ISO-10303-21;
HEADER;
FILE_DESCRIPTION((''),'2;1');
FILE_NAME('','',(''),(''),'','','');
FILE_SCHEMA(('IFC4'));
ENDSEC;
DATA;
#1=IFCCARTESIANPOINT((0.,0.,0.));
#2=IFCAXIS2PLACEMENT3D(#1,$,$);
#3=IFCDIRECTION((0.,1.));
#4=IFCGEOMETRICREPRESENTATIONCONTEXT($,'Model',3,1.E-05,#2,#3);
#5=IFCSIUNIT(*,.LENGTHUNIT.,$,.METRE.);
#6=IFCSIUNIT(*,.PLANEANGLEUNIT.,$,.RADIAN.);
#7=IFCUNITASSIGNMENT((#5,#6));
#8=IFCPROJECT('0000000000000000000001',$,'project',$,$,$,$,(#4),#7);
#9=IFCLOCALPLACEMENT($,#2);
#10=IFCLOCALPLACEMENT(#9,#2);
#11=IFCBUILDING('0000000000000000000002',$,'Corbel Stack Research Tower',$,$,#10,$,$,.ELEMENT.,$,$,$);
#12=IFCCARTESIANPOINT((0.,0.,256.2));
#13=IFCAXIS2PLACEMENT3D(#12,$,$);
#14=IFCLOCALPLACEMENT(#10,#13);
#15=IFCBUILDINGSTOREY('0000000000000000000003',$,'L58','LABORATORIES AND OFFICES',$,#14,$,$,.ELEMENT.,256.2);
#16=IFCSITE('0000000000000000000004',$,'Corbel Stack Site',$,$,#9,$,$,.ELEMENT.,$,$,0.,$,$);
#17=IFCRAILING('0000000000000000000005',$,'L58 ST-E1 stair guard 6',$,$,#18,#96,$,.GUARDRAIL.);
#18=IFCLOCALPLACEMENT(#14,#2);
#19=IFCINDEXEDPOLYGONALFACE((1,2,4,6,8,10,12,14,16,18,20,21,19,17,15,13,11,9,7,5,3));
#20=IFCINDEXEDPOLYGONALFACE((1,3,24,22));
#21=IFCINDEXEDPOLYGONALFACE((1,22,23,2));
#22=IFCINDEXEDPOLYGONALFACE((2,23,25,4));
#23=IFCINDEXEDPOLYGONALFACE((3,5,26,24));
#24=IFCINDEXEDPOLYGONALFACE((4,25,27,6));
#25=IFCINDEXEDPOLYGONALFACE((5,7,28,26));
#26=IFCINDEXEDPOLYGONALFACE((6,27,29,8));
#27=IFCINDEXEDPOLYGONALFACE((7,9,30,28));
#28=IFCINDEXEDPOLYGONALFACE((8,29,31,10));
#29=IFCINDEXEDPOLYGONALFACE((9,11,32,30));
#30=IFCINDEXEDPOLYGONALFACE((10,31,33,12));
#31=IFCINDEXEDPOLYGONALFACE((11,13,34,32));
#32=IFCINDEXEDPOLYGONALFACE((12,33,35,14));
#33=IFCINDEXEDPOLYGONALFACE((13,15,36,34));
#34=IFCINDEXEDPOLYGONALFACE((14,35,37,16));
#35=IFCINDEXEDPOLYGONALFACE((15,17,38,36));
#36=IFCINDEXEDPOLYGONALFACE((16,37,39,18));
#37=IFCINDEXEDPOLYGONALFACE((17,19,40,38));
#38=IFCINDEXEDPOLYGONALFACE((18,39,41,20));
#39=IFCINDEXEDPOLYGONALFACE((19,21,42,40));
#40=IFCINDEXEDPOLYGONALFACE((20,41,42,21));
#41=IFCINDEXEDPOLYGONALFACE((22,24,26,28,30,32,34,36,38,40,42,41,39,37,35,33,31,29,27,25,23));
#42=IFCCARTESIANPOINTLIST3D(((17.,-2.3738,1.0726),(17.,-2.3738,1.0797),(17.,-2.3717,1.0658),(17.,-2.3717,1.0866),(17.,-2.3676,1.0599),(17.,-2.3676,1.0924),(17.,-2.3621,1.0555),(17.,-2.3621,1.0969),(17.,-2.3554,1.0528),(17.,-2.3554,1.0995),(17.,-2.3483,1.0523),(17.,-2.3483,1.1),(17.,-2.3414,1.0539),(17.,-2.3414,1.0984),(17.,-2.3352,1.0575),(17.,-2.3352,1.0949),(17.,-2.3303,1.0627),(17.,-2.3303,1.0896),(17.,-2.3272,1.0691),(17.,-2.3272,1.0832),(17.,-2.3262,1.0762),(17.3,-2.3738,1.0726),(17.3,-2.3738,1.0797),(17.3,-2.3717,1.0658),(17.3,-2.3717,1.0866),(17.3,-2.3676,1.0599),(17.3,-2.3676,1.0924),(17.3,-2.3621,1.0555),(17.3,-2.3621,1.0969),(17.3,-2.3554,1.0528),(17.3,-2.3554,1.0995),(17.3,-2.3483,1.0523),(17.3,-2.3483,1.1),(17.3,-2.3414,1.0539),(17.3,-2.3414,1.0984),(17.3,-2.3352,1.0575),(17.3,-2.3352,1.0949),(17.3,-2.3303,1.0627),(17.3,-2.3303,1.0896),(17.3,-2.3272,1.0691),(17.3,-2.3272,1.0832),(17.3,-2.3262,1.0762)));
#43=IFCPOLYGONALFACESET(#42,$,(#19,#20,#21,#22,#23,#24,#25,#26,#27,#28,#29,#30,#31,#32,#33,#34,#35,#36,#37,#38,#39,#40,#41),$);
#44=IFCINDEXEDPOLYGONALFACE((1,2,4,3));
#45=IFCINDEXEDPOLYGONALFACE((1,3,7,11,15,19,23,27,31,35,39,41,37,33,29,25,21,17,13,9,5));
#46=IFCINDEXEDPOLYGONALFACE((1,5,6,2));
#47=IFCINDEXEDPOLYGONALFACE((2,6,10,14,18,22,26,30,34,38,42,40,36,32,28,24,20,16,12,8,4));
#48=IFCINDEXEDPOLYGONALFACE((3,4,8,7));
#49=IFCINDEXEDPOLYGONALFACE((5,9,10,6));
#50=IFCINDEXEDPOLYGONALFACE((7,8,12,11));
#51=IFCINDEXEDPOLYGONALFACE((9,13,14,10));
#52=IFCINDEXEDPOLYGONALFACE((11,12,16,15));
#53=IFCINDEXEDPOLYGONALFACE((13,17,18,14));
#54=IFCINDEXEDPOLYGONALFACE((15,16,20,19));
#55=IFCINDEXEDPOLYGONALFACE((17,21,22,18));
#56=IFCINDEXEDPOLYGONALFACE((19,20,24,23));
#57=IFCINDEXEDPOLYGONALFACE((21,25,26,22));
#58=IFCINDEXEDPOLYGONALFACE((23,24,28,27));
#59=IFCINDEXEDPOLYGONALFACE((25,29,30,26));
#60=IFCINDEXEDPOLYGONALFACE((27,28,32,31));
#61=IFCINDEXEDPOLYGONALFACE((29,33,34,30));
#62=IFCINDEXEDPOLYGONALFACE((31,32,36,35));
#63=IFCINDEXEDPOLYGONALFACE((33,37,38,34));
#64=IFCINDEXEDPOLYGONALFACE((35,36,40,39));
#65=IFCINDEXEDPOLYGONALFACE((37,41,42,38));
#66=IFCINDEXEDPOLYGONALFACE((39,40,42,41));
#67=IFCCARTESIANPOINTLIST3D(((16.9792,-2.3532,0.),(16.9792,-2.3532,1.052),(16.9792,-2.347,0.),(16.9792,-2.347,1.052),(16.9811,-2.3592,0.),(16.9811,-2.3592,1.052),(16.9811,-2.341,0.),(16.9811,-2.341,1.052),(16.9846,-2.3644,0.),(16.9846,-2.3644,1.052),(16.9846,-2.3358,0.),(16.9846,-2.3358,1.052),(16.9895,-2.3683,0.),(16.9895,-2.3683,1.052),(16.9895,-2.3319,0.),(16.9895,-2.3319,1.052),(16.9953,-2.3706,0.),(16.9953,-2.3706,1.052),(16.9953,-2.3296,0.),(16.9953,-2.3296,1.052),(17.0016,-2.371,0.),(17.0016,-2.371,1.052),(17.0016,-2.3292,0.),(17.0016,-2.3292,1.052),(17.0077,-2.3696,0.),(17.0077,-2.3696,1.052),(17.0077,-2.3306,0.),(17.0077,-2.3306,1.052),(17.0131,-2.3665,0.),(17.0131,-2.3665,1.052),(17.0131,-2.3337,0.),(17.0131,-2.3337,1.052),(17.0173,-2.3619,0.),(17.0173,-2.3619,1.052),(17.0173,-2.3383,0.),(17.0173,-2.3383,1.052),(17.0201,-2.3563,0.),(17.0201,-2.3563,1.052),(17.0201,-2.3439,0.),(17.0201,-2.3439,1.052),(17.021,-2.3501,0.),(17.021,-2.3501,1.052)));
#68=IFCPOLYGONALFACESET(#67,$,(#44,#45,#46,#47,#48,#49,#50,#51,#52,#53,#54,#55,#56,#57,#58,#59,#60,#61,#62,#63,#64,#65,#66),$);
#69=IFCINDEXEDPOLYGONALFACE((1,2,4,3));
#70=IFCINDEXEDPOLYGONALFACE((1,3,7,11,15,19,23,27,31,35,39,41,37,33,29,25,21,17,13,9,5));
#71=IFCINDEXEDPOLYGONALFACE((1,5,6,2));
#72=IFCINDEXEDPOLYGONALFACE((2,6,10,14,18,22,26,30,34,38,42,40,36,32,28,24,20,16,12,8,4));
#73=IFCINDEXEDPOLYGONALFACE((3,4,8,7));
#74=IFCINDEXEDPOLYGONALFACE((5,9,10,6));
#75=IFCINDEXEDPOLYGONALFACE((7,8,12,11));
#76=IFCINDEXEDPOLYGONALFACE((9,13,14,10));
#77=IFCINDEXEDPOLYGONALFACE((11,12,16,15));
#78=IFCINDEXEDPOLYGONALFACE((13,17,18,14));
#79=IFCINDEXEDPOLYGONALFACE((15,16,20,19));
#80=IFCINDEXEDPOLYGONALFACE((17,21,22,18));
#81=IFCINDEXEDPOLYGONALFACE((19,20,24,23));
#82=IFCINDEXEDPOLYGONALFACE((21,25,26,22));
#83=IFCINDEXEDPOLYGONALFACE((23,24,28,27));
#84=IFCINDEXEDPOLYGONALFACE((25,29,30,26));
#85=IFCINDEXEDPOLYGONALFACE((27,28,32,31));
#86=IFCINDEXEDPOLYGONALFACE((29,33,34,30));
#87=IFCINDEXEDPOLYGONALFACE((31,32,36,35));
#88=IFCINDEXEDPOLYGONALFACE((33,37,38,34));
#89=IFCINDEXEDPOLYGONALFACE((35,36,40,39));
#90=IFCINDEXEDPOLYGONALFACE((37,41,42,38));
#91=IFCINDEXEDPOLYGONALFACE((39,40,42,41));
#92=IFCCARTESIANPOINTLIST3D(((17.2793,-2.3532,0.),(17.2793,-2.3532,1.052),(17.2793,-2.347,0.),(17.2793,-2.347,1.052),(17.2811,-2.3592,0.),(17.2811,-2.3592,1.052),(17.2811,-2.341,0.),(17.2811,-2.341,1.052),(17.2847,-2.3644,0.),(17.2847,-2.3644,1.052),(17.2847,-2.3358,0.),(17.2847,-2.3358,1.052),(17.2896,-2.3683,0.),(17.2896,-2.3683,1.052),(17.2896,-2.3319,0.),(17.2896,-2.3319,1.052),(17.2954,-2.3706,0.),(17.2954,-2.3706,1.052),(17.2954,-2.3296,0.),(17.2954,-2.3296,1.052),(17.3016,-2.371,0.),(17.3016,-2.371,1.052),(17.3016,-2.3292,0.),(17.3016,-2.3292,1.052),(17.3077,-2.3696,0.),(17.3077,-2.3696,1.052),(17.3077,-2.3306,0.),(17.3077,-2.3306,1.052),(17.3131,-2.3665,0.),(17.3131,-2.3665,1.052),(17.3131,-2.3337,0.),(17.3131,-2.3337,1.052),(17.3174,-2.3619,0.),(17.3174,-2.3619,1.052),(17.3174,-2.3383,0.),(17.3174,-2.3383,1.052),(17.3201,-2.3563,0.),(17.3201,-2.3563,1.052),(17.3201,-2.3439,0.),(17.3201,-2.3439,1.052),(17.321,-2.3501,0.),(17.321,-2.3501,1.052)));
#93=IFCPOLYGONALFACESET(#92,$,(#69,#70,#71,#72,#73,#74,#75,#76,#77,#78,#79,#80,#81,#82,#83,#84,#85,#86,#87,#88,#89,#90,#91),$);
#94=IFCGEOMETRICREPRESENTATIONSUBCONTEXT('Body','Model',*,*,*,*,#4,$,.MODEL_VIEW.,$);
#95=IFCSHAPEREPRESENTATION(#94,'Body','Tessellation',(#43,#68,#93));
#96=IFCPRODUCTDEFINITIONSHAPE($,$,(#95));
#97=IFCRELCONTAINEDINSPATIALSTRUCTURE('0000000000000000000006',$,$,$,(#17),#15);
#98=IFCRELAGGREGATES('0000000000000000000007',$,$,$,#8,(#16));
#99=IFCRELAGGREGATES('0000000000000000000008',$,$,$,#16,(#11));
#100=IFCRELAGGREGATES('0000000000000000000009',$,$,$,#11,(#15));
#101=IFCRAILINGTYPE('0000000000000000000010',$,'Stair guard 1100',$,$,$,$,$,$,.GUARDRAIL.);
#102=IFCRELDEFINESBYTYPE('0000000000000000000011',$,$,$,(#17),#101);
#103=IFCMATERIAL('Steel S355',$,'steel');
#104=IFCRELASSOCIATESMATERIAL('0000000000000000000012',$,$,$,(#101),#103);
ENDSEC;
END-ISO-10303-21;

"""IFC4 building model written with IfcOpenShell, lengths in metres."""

from ifc_helpers import new_model, si_unit, direction, frame, origin, origin_2d, place, context, subcontext, project, spatial, circle, extrude, material, type_object, element, save


model = new_model("IFC4")

# Units and contexts
model_context = context("Model", 3, precision=1e-05, world=origin(), true_north=direction((0.0, 1.0)))
body_context = subcontext(model_context, "Body", "Model", "MODEL_VIEW")
ifc_project = project(units=[si_unit("LENGTHUNIT", "METRE"), si_unit("PLANEANGLEUNIT", "RADIAN")], contexts=[model_context])

# Site, building, storey
site_placement = place(None, origin())
site = spatial("IfcSite", under=ifc_project, at=site_placement, Name="Corbel Stack Site", CompositionType="ELEMENT", RefElevation=0.0)
building_placement = place(site_placement, origin())
building = spatial("IfcBuilding", under=site, at=building_placement, Name="Corbel Stack Research Tower", CompositionType="ELEMENT")
storey_placement = place(building_placement, frame((0.0, 0.0, 256.2)))
storey = spatial("IfcBuildingStorey", under=building, at=storey_placement, Name="L58", Description="LABORATORIES AND OFFICES", CompositionType="ELEMENT", Elevation=256.2)

# Railing
ifc_material_1 = material(Name="Steel S355", Category="steel")
railing_type_1 = type_object("IfcRailingType", Name="Stair guard 1100", PredefinedType="GUARDRAIL", material=ifc_material_1)
railing_1_placement = place(storey_placement, frame((17.0, -2.3501, 0.0)))
element("IfcRailing", 1, at=railing_1_placement, inside=storey, type_object=railing_type_1, Name="L58 ST-E1 stair guard 6", PredefinedType="GUARDRAIL", context=body_context, shape_type="SweptSolid", body=[
    extrude(circle(Radius=0.0239, at=origin_2d()), frame((0.0, 0.0, 1.0762), z_axis=(1.0, 0.0, 0.0), x_axis=(0.0, 1.0, 0.0)), (0.0, 0.0, 1.0), 0.3),
    extrude(circle(Radius=0.021, at=origin_2d()), origin(), (0.0, 0.0, 1.0), 1.052),
    extrude(circle(Radius=0.021, at=origin_2d()), frame((0.3, 0.0, 0.0)), (0.0, 0.0, 1.0), 1.052),
])

save(model, "model.ifc")
